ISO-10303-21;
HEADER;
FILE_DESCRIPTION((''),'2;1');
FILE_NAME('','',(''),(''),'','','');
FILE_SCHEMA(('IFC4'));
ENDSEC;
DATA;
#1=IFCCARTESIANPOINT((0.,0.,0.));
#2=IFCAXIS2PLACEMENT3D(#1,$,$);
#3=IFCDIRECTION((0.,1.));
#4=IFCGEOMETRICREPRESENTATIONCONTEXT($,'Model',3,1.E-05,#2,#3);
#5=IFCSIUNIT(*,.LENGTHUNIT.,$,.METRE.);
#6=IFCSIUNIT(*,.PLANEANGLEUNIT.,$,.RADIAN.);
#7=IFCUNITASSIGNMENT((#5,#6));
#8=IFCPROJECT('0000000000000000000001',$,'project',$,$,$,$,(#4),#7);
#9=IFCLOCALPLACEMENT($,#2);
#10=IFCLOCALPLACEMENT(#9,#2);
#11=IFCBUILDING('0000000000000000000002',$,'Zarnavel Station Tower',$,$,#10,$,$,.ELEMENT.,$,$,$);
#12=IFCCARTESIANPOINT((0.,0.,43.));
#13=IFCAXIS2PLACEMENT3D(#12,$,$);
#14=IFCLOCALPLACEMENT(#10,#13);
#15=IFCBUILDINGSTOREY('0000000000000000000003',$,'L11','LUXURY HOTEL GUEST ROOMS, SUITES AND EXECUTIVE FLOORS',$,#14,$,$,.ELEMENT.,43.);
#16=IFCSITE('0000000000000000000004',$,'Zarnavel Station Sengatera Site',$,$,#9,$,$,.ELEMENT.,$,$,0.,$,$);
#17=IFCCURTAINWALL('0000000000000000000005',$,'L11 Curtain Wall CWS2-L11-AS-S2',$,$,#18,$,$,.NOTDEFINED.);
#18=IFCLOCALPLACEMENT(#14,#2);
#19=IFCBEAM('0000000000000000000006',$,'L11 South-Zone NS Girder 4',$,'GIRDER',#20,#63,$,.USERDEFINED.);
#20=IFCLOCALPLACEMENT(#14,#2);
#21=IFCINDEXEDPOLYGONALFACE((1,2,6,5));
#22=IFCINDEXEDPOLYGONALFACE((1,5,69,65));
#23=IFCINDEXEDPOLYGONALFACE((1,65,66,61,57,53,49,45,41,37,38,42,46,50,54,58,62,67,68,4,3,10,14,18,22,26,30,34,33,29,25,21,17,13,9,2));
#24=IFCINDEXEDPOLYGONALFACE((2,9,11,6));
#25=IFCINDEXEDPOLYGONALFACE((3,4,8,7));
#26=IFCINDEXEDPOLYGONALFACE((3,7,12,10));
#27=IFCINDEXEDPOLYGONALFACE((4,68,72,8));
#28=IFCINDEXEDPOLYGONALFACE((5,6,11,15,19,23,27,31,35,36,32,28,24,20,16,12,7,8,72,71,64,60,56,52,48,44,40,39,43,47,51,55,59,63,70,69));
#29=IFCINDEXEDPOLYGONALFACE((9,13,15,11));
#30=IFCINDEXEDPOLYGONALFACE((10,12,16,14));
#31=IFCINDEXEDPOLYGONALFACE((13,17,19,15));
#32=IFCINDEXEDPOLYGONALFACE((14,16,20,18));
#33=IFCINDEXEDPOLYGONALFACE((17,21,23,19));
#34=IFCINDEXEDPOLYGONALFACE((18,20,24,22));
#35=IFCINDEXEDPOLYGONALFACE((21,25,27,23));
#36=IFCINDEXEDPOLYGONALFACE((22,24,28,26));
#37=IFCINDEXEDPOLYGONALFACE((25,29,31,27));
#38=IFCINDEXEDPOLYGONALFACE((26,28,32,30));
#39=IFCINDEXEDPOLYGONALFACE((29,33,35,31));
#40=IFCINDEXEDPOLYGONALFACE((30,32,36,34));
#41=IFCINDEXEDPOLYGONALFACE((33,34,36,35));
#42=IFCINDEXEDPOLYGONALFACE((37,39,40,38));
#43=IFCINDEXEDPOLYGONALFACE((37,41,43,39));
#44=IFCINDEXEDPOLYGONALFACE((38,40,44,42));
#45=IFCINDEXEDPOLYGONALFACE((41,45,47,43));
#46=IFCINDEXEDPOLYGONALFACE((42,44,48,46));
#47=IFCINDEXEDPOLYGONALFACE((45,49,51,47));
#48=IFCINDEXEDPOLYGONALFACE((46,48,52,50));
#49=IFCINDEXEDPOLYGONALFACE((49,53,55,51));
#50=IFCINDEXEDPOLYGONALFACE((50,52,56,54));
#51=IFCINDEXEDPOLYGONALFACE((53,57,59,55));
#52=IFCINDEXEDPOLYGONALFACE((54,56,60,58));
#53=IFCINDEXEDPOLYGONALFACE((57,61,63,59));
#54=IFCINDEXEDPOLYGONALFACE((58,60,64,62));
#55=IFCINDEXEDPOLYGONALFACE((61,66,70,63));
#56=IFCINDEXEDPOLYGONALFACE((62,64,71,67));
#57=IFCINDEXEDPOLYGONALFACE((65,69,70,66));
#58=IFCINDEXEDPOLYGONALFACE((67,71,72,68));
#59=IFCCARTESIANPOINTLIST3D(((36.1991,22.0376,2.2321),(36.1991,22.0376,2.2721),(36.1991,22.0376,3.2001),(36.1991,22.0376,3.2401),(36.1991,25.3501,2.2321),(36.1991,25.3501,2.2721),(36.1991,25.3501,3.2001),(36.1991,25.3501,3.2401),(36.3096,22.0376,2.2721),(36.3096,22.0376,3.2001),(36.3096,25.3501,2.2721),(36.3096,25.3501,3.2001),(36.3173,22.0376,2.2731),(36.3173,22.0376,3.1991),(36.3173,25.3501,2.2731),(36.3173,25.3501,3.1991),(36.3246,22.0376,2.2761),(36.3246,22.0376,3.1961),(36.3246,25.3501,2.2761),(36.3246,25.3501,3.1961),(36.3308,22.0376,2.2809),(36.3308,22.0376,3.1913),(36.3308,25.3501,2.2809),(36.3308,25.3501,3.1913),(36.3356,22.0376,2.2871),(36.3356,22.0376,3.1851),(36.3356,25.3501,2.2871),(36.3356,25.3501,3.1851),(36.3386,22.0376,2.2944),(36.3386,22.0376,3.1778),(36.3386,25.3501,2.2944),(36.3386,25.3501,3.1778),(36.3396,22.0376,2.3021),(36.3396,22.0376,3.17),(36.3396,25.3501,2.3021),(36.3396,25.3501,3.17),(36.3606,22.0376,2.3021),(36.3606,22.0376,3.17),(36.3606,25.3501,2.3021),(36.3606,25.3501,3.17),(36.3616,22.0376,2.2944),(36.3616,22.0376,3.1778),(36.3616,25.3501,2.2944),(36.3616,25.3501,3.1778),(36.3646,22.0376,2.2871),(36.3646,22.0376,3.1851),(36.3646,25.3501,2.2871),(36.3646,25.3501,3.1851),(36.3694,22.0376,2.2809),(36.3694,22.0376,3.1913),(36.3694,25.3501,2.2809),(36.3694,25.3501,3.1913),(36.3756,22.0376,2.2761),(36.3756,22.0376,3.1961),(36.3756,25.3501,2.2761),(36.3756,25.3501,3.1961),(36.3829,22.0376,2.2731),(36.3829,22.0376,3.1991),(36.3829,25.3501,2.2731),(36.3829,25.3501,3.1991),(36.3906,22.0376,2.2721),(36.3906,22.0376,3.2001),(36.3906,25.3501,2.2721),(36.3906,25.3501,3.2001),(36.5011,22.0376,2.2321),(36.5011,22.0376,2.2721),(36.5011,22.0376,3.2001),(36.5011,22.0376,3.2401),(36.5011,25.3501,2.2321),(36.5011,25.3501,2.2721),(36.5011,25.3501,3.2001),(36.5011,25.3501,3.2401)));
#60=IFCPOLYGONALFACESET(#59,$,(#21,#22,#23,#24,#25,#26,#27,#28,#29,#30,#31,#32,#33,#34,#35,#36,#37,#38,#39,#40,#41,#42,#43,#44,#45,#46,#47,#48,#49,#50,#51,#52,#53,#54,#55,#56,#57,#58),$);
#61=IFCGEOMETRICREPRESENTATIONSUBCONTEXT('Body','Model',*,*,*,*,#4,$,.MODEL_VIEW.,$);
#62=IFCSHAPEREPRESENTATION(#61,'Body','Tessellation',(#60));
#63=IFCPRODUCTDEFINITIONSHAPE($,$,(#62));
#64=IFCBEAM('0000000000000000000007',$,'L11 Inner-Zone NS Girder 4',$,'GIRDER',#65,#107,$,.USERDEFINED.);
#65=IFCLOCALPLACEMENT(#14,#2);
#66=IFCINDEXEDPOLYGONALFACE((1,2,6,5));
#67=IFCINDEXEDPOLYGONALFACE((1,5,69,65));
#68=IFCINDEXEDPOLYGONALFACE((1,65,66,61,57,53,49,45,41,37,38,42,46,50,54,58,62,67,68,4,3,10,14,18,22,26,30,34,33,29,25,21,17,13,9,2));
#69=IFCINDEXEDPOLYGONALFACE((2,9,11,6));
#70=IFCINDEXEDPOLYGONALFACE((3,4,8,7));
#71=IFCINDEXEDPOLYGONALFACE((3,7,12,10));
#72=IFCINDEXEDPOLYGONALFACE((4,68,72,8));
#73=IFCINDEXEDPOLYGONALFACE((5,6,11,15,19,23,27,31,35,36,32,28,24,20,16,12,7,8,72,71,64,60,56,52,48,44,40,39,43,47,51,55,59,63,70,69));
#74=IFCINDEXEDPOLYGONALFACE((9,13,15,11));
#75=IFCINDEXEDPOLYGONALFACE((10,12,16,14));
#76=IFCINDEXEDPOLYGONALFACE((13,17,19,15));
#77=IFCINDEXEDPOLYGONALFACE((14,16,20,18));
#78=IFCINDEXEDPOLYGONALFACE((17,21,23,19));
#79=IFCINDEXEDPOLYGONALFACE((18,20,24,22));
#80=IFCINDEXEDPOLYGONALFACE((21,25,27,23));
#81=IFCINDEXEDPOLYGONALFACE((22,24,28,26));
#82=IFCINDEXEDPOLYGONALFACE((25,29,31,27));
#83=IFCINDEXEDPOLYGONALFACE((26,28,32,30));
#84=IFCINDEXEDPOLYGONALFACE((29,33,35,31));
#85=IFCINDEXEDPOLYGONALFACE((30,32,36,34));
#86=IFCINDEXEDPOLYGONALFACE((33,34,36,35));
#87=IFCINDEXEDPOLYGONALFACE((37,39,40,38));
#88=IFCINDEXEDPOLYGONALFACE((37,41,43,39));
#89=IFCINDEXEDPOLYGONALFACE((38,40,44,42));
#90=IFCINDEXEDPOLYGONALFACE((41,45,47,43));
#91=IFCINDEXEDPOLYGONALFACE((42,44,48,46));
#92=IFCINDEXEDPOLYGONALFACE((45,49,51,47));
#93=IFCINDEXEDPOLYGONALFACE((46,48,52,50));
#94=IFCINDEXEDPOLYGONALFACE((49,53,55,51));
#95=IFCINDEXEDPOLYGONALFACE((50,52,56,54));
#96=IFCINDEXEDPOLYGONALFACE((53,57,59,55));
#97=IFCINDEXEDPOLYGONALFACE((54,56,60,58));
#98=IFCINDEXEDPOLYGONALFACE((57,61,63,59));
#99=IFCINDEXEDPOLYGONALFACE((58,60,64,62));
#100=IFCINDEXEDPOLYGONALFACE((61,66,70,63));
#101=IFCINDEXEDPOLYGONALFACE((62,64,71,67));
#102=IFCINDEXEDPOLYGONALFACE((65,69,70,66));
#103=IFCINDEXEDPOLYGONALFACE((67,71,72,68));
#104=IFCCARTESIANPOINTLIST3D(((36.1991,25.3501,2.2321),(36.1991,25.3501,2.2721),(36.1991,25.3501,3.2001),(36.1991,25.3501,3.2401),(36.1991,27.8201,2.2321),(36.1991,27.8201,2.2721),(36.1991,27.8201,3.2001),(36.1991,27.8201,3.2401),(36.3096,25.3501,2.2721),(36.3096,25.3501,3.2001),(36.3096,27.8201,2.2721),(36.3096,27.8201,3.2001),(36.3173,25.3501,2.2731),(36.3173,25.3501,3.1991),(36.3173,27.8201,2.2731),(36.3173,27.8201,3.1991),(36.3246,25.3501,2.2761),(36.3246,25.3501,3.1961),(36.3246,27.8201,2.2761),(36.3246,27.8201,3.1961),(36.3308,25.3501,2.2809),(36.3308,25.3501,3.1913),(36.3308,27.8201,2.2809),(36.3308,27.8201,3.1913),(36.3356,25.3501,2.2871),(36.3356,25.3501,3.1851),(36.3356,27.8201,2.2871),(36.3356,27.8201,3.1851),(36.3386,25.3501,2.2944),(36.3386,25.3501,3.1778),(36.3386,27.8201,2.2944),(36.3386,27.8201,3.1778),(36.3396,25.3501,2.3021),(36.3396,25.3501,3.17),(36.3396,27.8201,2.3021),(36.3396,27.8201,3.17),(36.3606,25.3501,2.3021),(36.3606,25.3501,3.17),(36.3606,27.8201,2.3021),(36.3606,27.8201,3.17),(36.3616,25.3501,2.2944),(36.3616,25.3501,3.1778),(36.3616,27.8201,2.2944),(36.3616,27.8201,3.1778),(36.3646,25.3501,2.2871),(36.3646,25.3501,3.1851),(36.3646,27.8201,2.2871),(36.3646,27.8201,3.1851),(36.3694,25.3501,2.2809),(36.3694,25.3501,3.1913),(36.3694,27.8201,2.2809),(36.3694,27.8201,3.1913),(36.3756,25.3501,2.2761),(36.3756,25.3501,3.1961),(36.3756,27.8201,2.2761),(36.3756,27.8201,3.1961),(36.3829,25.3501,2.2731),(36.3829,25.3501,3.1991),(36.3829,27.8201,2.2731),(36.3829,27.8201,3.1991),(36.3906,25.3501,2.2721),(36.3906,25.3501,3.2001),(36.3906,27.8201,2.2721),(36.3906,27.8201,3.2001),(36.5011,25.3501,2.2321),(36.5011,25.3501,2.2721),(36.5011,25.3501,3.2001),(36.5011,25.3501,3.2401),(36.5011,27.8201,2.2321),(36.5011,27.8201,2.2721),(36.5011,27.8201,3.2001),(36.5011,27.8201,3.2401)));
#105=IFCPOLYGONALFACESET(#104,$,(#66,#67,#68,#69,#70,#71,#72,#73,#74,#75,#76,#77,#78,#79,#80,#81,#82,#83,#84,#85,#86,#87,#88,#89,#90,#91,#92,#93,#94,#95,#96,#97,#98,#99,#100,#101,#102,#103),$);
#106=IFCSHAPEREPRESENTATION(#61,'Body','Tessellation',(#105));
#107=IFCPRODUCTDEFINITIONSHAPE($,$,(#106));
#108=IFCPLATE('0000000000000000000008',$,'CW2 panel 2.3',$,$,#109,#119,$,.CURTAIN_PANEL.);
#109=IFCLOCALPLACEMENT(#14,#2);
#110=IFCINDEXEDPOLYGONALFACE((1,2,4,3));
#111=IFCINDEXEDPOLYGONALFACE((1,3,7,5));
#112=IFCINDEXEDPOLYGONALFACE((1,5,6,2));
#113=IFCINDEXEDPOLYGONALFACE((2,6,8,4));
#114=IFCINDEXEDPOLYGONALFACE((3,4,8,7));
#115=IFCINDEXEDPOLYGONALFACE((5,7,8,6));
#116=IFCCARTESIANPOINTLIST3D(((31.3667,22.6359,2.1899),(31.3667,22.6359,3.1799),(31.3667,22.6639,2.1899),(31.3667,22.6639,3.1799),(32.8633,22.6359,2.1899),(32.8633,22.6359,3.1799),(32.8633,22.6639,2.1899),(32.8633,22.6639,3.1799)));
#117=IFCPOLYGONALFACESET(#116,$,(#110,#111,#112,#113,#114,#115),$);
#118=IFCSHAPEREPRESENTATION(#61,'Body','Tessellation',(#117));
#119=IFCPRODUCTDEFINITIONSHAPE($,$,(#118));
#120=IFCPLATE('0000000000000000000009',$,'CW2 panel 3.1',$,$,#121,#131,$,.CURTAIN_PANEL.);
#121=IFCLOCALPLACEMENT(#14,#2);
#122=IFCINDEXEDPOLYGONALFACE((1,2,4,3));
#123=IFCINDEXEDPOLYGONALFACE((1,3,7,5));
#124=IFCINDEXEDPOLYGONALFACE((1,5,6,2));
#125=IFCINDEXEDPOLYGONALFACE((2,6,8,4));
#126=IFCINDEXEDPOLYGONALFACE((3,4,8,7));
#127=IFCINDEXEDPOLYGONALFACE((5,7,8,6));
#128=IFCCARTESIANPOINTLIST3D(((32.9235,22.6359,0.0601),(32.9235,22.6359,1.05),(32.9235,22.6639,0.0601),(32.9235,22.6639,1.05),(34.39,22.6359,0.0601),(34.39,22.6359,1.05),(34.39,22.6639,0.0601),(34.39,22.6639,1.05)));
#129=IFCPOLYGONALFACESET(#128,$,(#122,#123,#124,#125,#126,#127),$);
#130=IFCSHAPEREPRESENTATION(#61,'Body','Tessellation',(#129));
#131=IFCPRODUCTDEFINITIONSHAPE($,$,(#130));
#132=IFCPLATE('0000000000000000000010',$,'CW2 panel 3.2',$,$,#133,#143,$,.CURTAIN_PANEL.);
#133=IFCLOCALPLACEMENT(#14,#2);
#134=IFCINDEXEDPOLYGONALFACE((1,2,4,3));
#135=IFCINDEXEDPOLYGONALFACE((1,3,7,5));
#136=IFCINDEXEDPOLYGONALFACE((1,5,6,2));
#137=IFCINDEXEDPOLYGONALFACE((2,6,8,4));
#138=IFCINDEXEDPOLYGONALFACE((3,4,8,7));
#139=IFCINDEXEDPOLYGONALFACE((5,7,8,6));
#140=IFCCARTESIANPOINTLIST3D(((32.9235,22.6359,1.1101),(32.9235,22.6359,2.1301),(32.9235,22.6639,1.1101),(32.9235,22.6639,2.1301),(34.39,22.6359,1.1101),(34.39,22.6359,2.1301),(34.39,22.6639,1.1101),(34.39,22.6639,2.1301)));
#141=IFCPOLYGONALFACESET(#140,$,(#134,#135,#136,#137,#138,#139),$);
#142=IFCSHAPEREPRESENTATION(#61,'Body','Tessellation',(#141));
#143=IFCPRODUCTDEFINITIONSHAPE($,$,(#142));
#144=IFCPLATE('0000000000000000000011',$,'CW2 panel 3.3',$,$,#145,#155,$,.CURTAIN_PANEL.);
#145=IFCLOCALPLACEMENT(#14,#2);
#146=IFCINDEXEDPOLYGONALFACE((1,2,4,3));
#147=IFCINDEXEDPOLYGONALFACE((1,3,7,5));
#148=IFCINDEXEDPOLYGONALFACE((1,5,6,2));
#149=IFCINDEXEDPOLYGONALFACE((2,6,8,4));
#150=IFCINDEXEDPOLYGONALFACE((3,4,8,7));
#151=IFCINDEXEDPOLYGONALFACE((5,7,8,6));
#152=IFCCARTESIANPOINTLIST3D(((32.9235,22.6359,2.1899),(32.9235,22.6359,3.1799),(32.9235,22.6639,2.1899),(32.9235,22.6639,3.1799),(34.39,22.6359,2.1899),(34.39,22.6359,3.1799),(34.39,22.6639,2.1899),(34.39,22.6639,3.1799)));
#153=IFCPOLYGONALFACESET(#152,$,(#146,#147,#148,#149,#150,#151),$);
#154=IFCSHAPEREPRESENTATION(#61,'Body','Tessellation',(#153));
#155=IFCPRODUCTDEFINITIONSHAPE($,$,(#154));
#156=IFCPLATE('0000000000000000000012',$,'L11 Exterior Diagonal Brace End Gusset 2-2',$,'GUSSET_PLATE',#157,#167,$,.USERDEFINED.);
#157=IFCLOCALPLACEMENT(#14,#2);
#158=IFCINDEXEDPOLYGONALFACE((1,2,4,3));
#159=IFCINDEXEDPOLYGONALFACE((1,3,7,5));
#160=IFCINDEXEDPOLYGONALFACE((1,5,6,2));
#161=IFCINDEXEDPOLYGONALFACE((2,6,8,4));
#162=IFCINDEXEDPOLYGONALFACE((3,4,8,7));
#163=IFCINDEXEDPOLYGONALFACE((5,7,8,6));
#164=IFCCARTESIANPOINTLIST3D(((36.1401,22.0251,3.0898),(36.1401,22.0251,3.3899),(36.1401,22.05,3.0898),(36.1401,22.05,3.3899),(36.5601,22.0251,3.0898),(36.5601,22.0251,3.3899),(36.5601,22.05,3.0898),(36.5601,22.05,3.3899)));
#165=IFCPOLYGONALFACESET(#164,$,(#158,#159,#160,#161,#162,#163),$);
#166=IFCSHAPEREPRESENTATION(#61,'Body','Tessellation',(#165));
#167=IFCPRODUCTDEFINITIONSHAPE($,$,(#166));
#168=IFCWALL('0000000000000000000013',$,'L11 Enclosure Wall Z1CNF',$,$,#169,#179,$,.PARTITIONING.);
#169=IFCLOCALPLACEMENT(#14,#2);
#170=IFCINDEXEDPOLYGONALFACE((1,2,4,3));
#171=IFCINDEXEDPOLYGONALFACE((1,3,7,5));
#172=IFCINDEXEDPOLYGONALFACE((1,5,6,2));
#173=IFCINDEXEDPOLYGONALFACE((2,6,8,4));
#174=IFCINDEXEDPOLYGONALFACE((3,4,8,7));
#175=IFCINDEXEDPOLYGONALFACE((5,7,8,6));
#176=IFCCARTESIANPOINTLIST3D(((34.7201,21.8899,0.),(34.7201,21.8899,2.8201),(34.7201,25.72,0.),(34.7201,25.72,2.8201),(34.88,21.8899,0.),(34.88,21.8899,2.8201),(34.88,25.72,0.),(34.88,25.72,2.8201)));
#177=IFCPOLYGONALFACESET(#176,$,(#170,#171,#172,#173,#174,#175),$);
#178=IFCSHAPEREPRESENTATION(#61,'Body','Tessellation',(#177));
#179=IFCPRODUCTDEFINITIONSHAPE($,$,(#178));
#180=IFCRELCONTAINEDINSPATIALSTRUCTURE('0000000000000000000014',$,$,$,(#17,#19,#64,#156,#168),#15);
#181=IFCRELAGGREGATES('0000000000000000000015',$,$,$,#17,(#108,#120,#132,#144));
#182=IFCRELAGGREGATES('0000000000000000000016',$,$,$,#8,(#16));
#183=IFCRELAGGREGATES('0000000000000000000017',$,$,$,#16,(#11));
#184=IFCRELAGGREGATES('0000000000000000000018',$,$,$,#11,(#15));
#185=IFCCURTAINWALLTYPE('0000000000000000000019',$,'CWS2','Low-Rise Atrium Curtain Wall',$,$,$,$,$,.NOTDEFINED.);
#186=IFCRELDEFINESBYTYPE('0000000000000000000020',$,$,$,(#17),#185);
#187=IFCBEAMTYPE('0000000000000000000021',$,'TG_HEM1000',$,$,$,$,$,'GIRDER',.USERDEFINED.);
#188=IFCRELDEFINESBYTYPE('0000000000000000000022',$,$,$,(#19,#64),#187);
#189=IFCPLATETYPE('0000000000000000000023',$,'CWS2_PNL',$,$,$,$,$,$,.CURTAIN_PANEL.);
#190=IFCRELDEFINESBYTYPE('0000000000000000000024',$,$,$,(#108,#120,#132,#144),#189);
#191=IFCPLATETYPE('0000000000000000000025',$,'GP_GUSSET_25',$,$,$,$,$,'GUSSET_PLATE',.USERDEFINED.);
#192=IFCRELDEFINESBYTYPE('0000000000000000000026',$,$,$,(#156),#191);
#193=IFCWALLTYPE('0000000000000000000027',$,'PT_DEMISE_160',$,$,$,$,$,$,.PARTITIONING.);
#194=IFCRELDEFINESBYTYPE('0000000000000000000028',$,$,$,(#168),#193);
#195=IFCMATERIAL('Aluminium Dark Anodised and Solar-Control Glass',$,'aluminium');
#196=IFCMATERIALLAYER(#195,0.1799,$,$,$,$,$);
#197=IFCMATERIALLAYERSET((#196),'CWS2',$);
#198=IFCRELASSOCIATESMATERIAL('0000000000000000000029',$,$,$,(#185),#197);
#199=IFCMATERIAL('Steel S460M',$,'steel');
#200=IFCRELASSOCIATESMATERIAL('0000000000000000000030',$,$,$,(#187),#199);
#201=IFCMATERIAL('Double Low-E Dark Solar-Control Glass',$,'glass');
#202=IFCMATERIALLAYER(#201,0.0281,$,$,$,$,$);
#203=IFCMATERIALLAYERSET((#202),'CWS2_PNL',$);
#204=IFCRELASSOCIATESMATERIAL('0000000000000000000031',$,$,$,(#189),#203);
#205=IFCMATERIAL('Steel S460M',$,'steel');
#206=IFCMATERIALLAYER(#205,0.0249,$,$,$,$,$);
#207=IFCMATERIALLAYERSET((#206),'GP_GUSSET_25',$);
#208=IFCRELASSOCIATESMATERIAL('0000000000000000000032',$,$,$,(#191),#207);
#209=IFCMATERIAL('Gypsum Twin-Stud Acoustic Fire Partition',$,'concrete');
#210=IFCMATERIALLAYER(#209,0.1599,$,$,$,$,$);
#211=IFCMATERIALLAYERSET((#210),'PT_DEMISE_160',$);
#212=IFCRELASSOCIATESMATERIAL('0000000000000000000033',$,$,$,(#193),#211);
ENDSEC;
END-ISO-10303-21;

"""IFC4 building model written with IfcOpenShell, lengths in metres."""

from ifc_helpers import new_model, si_unit, direction, frame, frame_2d, origin, origin_2d, place, context, subcontext, project, spatial, rectangle, i_section, extrude, material, layer, layer_set, material_profile, profile_set, type_object, element, aggregate, save


model = new_model("IFC4")

# Units and contexts
model_context = context("Model", 3, precision=1e-05, world=origin(), true_north=direction((0.0, 1.0)))
body_context = subcontext(model_context, "Body", "Model", "MODEL_VIEW")
ifc_project = project(units=[si_unit("LENGTHUNIT", "METRE"), si_unit("PLANEANGLEUNIT", "RADIAN")], contexts=[model_context])

# Site, building, storey
site_placement = place(None, origin())
site = spatial("IfcSite", under=ifc_project, at=site_placement, Name="Zarnavel Station Sengatera Site", CompositionType="ELEMENT", RefElevation=0.0)
building_placement = place(site_placement, origin())
building = spatial("IfcBuilding", under=site, at=building_placement, Name="Zarnavel Station Tower", CompositionType="ELEMENT")
storey_placement = place(building_placement, frame((0.0, 0.0, 43.0)))
storey = spatial("IfcBuildingStorey", under=building, at=storey_placement, Name="L11", Description="LUXURY HOTEL GUEST ROOMS, SUITES AND EXECUTIVE FLOORS", CompositionType="ELEMENT", Elevation=43.0)

# Curtain wall
ifc_material_1 = material(Name="Aluminium Dark Anodised and Solar-Control Glass", Category="aluminium")
ifc_layer_1 = layer(ifc_material_1, 0.1799)
ifc_layer_set_1 = layer_set([ifc_layer_1], Name="CWS2")
curtain_wall_type = type_object("IfcCurtainWallType", Name="CWS2", Description="Low-Rise Atrium Curtain Wall", PredefinedType="NOTDEFINED", material=ifc_layer_set_1)
curtain_wall_placement = place(storey_placement, origin())
curtain_wall = element("IfcCurtainWall", 1, at=curtain_wall_placement, inside=storey, type_object=curtain_wall_type, Name="L11 Curtain Wall CWS2-L11-AS-S2", PredefinedType="NOTDEFINED")

# Beams
ifc_material_2 = material(Name="Steel S460M", Category="steel")
ifc_material_profile_1 = material_profile(ifc_material_2, i_section(OverallWidth=0.302, OverallDepth=1.0081, WebThickness=0.021, FlangeThickness=0.04, FilletRadius=0.03, at=origin_2d()), Name="HEM1000")
ifc_profile_set_1 = profile_set([ifc_material_profile_1], Name="Steel S460M")
beam_type_1 = type_object("IfcBeamType", Name="TG_HEM1000", ElementType="GIRDER", PredefinedType="USERDEFINED", material=ifc_profile_set_1)
beam_1_placement = place(storey_placement, frame((36.3501, 22.0376, 2.7361), z_axis=(0.0, 1.0, 0.0), x_axis=(-1.0, 0.0, 0.0)))
element("IfcBeam", 2, at=beam_1_placement, inside=storey, type_object=beam_type_1, Name="L11 South-Zone NS Girder 4", ObjectType="GIRDER", PredefinedType="USERDEFINED", context=body_context, shape_type="SweptSolid", body=[
    extrude(i_section(OverallWidth=0.302, OverallDepth=1.0081, WebThickness=0.021, FlangeThickness=0.04, FilletRadius=0.03, at=origin_2d()), origin(), (0.0, 0.0, 1.0), 3.3125),
])
beam_2_placement = place(storey_placement, frame((36.3501, 25.3501, 2.7361), z_axis=(0.0, 1.0, 0.0), x_axis=(-1.0, 0.0, 0.0)))
element("IfcBeam", 3, at=beam_2_placement, inside=storey, type_object=beam_type_1, Name="L11 Inner-Zone NS Girder 4", ObjectType="GIRDER", PredefinedType="USERDEFINED", context=body_context, shape_type="SweptSolid", body=[
    extrude(i_section(OverallWidth=0.302, OverallDepth=1.0081, WebThickness=0.021, FlangeThickness=0.04, FilletRadius=0.03, at=origin_2d()), origin(), (0.0, 0.0, 1.0), 2.47),
])

# Plates
ifc_material_3 = material(Name="Double Low-E Dark Solar-Control Glass", Category="glass")
ifc_layer_2 = layer(ifc_material_3, 0.0281)
ifc_layer_set_2 = layer_set([ifc_layer_2], Name="CWS2_PNL")
plate_type_1 = type_object("IfcPlateType", Name="CWS2_PNL", PredefinedType="CURTAIN_PANEL", material=ifc_layer_set_2)
plate_1_placement = place(storey_placement, frame((32.115, 22.6499, 2.1899), z_axis=(0.0, 0.0, 1.0), x_axis=(1.0, 0.0, 0.0)))
plate_1 = element("IfcPlate", 4, at=plate_1_placement, type_object=plate_type_1, Name="CW2 panel 2.3", PredefinedType="CURTAIN_PANEL", context=body_context, shape_type="SweptSolid", body=[
    extrude(rectangle(XDim=1.4966, YDim=0.0281, at=origin_2d()), origin(), (0.0, 0.0, 1.0), 0.99),
])
plate_2_placement = place(storey_placement, frame((33.6567, 22.6499, 0.0601), z_axis=(0.0, 0.0, 1.0), x_axis=(1.0, 0.0, 0.0)))
plate_2 = element("IfcPlate", 5, at=plate_2_placement, type_object=plate_type_1, Name="CW2 panel 3.1", PredefinedType="CURTAIN_PANEL", context=body_context, shape_type="SweptSolid", body=[
    extrude(rectangle(XDim=1.4666, YDim=0.0281, at=origin_2d()), origin(), (0.0, 0.0, 1.0), 0.99),
])
plate_3_placement = place(storey_placement, frame((33.6567, 22.6499, 1.1101), z_axis=(0.0, 0.0, 1.0), x_axis=(1.0, 0.0, 0.0)))
plate_3 = element("IfcPlate", 6, at=plate_3_placement, type_object=plate_type_1, Name="CW2 panel 3.2", PredefinedType="CURTAIN_PANEL", context=body_context, shape_type="SweptSolid", body=[
    extrude(rectangle(XDim=1.4666, YDim=0.0281, at=origin_2d()), origin(), (0.0, 0.0, 1.0), 1.02),
])
plate_4_placement = place(storey_placement, frame((33.6567, 22.6499, 2.1899), z_axis=(0.0, 0.0, 1.0), x_axis=(1.0, 0.0, 0.0)))
plate_4 = element("IfcPlate", 7, at=plate_4_placement, type_object=plate_type_1, Name="CW2 panel 3.3", PredefinedType="CURTAIN_PANEL", context=body_context, shape_type="SweptSolid", body=[
    extrude(rectangle(XDim=1.4666, YDim=0.0281, at=origin_2d()), origin(), (0.0, 0.0, 1.0), 0.99),
])
aggregate(curtain_wall, [plate_1, plate_2, plate_3, plate_4])
ifc_material_4 = material(Name="Steel S460M", Category="steel")
ifc_layer_3 = layer(ifc_material_4, 0.0249)
ifc_layer_set_3 = layer_set([ifc_layer_3], Name="GP_GUSSET_25")
plate_type_2 = type_object("IfcPlateType", Name="GP_GUSSET_25", ElementType="GUSSET_PLATE", PredefinedType="USERDEFINED", material=ifc_layer_set_3)
plate_5_placement = place(storey_placement, frame((36.3501, 22.0376, 3.0898), z_axis=(0.0, 0.0, 1.0), x_axis=(1.0, 0.0, 0.0)))
element("IfcPlate", 8, at=plate_5_placement, inside=storey, type_object=plate_type_2, Name="L11 Exterior Diagonal Brace End Gusset 2-2", ObjectType="GUSSET_PLATE", PredefinedType="USERDEFINED", context=body_context, shape_type="SweptSolid", body=[
    extrude(rectangle(XDim=0.4199, YDim=0.0249, at=origin_2d()), origin(), (0.0, 0.0, 1.0), 0.3),
])

# Wall
ifc_material_5 = material(Name="Gypsum Twin-Stud Acoustic Fire Partition", Category="concrete")
ifc_layer_4 = layer(ifc_material_5, 0.1599)
ifc_layer_set_4 = layer_set([ifc_layer_4], Name="PT_DEMISE_160")
wall_type_1 = type_object("IfcWallType", Name="PT_DEMISE_160", PredefinedType="PARTITIONING", material=ifc_layer_set_4)
wall_1_placement = place(storey_placement, frame((34.8, 21.8899, 0.0), z_axis=(0.0, 0.0, 1.0), x_axis=(0.0, 1.0, 0.0)))
element("IfcWall", 9, at=wall_1_placement, inside=storey, type_object=wall_type_1, Name="L11 Enclosure Wall Z1CNF", PredefinedType="PARTITIONING", context=body_context, shape_type="SweptSolid", body=[
    extrude(rectangle(XDim=3.8301, YDim=0.1599, at=frame_2d((1.915, 0.0))), origin(), (0.0, 0.0, 1.0), 2.8201),
])

save(model, "model.ifc")
